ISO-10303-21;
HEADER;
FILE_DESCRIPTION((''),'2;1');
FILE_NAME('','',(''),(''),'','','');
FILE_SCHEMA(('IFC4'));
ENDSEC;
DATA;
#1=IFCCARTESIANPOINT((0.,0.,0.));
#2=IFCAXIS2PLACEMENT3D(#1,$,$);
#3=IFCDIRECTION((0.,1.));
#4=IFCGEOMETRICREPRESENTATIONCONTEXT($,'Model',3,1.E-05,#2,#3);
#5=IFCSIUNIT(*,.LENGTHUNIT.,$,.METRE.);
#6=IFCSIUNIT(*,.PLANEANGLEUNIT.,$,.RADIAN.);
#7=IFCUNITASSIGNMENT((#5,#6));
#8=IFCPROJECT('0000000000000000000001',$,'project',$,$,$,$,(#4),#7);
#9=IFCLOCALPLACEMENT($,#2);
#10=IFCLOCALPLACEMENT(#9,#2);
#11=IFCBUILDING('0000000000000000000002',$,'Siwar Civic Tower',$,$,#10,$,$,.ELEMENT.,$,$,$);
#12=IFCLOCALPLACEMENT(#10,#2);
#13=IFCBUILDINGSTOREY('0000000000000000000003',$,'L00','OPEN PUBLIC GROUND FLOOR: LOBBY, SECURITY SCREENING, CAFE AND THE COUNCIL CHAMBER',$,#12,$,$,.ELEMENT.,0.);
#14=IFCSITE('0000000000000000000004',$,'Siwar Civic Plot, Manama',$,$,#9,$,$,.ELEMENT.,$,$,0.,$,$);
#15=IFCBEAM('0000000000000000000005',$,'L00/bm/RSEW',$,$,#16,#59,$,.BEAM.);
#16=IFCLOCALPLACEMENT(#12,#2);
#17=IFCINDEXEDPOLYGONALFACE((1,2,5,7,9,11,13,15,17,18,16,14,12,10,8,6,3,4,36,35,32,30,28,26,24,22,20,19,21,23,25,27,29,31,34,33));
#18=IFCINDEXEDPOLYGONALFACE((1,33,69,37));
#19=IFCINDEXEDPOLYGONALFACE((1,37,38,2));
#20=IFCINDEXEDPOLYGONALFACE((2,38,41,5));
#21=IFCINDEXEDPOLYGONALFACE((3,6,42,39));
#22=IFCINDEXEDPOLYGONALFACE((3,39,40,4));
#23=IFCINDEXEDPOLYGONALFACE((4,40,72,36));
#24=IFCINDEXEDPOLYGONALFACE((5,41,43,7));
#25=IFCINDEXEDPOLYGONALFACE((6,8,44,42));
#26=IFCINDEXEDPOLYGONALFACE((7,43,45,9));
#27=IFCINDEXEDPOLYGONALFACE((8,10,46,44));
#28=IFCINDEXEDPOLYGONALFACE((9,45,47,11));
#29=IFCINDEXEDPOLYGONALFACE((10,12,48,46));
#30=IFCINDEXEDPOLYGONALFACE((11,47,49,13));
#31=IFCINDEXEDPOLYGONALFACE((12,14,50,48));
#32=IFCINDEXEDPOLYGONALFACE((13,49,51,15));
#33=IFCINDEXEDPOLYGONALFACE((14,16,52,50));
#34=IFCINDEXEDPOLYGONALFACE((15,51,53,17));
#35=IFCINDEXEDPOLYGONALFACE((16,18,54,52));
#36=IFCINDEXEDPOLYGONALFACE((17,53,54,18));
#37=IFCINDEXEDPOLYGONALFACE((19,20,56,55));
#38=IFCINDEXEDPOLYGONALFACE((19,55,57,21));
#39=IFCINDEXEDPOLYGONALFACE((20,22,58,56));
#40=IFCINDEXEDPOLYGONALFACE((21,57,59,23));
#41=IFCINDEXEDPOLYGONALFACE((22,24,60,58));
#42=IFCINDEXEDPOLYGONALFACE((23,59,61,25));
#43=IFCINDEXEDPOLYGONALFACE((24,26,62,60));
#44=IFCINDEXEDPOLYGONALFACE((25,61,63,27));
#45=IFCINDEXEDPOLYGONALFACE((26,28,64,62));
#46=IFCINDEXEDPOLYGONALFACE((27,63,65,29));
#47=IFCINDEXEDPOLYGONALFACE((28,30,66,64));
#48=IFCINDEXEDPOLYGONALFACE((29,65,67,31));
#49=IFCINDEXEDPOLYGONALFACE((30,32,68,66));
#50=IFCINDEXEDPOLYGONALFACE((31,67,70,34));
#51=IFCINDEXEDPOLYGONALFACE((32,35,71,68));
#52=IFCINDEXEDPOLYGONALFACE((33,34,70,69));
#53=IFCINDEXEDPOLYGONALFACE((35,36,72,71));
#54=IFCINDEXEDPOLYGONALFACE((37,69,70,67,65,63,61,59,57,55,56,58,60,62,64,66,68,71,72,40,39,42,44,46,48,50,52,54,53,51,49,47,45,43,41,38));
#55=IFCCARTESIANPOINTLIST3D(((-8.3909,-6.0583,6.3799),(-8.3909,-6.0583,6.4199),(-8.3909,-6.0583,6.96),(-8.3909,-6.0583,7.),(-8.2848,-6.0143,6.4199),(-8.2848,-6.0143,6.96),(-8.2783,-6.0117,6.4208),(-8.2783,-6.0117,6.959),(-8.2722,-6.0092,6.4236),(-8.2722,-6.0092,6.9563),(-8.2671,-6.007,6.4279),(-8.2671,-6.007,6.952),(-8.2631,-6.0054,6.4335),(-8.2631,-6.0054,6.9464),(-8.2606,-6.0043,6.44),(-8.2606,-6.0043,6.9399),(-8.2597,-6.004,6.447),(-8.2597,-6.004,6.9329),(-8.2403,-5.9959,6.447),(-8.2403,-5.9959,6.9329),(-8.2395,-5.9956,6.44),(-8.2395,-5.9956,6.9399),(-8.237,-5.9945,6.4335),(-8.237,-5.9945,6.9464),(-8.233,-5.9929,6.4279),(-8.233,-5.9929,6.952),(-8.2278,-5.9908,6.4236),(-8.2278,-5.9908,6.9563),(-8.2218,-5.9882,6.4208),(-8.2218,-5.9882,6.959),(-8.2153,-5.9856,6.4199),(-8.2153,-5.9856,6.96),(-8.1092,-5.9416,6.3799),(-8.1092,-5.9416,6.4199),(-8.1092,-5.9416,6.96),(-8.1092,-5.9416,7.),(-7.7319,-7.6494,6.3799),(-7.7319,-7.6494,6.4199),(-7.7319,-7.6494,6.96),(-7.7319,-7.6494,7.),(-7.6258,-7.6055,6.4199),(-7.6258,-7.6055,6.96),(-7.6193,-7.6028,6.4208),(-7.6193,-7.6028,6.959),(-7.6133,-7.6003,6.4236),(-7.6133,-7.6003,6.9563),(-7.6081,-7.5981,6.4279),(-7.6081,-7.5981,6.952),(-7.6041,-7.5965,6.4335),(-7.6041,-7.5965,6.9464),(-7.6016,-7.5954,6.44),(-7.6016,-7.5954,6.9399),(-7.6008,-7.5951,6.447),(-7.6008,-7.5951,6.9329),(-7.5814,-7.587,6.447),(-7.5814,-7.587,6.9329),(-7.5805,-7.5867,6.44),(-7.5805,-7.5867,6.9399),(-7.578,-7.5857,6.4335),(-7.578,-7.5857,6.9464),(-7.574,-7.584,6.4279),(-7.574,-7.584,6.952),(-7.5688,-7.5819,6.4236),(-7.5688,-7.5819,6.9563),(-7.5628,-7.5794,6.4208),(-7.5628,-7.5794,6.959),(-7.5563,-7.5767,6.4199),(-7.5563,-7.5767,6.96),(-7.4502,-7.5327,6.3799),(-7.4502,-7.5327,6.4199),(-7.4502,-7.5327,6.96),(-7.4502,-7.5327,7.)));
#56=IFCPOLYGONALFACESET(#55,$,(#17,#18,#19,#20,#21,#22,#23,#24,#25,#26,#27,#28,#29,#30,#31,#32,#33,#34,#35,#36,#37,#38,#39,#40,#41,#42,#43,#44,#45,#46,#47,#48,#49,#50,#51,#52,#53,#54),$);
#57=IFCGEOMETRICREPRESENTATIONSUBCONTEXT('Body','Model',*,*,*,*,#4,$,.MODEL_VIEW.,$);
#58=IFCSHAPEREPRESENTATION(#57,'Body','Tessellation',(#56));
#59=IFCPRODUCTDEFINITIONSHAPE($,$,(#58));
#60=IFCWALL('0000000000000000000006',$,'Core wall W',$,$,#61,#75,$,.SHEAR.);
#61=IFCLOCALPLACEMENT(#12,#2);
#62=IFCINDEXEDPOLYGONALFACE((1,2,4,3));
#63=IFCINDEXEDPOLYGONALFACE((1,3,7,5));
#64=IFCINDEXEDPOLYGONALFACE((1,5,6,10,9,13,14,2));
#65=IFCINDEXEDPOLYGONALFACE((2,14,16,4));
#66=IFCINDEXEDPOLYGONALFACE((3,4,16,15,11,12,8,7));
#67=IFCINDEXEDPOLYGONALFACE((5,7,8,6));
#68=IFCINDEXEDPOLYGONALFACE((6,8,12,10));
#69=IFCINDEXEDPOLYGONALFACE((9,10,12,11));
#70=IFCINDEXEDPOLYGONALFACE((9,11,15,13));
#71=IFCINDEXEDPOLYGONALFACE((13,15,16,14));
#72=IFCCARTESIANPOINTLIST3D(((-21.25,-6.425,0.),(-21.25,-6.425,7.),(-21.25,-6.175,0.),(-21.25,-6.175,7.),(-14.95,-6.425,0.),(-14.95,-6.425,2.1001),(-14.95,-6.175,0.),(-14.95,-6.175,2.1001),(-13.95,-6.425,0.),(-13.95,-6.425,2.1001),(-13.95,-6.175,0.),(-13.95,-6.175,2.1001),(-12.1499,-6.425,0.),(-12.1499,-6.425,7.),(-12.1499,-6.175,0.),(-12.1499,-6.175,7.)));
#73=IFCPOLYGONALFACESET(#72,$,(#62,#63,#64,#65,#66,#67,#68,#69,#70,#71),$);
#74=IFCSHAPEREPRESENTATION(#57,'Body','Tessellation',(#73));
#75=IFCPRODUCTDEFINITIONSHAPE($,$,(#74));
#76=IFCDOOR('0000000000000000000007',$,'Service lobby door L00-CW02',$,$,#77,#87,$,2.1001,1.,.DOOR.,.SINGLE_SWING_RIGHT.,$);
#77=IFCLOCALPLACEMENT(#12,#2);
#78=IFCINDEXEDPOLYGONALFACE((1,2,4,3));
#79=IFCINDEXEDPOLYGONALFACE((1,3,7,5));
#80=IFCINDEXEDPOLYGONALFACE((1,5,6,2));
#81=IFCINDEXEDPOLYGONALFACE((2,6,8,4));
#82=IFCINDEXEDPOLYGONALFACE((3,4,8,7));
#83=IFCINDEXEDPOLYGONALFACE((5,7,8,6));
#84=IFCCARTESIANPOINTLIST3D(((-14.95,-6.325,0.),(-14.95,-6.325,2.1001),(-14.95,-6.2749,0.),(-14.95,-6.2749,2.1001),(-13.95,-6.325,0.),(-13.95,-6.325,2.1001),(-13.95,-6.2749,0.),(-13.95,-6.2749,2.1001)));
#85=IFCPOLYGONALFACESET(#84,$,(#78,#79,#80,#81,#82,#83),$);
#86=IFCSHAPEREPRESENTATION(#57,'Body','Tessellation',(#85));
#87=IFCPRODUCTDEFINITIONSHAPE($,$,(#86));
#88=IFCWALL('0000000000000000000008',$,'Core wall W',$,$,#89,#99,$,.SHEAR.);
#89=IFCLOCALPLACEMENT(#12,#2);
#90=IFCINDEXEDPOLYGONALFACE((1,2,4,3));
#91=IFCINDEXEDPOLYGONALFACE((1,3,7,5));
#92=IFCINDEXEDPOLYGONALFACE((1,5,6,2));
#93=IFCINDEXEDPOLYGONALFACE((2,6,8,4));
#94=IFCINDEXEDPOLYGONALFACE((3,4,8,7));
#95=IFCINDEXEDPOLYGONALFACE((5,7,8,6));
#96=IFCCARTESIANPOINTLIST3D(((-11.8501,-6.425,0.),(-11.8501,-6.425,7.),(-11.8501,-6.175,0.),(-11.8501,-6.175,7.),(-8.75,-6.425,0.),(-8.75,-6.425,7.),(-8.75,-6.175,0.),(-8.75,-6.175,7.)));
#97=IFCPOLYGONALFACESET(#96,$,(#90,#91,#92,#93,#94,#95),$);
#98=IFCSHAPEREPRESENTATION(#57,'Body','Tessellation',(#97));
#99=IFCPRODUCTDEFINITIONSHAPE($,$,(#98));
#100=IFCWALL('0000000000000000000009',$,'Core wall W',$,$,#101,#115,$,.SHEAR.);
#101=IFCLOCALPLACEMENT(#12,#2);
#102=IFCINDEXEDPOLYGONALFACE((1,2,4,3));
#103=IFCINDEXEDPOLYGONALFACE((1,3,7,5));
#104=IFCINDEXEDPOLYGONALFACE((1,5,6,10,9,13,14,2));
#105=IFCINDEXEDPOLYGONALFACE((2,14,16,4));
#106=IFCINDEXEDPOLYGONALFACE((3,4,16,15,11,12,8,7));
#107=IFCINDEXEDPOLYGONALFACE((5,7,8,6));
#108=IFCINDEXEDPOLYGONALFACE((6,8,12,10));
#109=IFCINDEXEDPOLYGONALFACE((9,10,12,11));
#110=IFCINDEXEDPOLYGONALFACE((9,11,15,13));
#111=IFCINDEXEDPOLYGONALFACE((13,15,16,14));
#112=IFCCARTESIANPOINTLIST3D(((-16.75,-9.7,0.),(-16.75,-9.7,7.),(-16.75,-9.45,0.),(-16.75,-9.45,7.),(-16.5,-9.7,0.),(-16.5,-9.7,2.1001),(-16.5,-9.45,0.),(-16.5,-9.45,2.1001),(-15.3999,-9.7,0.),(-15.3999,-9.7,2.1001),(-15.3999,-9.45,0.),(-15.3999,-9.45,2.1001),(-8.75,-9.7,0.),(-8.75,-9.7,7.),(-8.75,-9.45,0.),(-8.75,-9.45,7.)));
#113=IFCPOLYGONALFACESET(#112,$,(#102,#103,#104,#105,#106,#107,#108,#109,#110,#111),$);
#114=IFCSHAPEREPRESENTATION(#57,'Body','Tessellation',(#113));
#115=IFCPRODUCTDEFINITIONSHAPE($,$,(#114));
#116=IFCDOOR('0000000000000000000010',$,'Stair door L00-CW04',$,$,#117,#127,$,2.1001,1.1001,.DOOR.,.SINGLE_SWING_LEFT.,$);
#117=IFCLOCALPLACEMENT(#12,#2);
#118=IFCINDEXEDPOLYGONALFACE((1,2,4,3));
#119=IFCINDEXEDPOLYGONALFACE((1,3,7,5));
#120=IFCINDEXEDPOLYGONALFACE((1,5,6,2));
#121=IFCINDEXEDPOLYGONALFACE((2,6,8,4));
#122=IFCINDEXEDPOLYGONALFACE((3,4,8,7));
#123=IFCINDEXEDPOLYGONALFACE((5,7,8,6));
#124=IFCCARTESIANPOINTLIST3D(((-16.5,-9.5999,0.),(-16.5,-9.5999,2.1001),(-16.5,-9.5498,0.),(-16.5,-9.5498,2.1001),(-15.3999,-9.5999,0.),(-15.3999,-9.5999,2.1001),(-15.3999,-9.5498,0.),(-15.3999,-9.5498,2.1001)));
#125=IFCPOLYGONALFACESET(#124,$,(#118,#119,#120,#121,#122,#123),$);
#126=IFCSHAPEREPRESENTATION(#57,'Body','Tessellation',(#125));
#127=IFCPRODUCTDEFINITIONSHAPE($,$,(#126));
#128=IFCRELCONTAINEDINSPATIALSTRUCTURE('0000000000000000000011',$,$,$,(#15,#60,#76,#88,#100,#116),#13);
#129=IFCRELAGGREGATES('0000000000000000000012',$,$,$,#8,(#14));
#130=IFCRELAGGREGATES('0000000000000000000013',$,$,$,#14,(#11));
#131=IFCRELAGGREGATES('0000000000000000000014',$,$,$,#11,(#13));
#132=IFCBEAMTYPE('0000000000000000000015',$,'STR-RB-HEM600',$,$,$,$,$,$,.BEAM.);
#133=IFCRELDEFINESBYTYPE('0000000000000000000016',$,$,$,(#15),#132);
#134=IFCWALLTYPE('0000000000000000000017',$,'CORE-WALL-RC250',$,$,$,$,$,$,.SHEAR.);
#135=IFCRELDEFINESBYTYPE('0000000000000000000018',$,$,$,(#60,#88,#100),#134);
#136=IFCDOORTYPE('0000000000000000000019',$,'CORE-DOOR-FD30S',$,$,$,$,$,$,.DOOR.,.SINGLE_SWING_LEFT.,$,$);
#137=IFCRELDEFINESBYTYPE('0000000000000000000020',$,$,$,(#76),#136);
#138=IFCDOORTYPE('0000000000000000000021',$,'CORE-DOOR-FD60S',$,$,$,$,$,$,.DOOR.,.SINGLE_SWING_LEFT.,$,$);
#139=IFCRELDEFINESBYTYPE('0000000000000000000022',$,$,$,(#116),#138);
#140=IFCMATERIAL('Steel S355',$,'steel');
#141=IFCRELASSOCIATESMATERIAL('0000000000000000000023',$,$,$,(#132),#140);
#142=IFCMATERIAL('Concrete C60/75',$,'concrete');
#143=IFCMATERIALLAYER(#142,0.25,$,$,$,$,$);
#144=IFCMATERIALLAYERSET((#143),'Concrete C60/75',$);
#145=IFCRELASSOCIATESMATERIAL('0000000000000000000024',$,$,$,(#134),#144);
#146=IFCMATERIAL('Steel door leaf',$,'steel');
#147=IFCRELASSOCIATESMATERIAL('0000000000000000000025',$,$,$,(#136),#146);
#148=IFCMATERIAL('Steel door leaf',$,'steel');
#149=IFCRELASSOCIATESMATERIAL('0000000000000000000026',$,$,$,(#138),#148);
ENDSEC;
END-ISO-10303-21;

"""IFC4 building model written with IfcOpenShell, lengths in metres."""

from ifc_helpers import new_model, si_unit, direction, frame, frame_2d, origin, origin_2d, place, context, subcontext, project, spatial, rectangle, i_section, extrude, material, layer, layer_set, material_profile, profile_set, type_object, element, fill, save


model = new_model("IFC4")

# Units and contexts
model_context = context("Model", 3, precision=1e-05, world=origin(), true_north=direction((0.0, 1.0)))
body_context = subcontext(model_context, "Body", "Model", "MODEL_VIEW")
ifc_project = project(units=[si_unit("LENGTHUNIT", "METRE"), si_unit("PLANEANGLEUNIT", "RADIAN")], contexts=[model_context])

# Site, building, storey
site_placement = place(None, origin())
site = spatial("IfcSite", under=ifc_project, at=site_placement, Name="Siwar Civic Plot, Manama", CompositionType="ELEMENT", RefElevation=0.0)
building_placement = place(site_placement, origin())
building = spatial("IfcBuilding", under=site, at=building_placement, Name="Siwar Civic Tower", CompositionType="ELEMENT")
storey_placement = place(building_placement, origin())
storey = spatial("IfcBuildingStorey", under=building, at=storey_placement, Name="L00", Description="OPEN PUBLIC GROUND FLOOR: LOBBY, SECURITY SCREENING, CAFE AND THE COUNCIL CHAMBER", CompositionType="ELEMENT", Elevation=0.0)

# Beam
ifc_material_1 = material(Name="Steel S355", Category="steel")
ifc_material_profile_1 = material_profile(ifc_material_1, i_section(OverallWidth=0.3049, OverallDepth=0.6201, WebThickness=0.021, FlangeThickness=0.04, FilletRadius=0.0271, at=origin_2d()), Name="HEM600")
ifc_profile_set_1 = profile_set([ifc_material_profile_1], Name="Steel S355")
beam_type = type_object("IfcBeamType", Name="STR-RB-HEM600", PredefinedType="BEAM", material=ifc_profile_set_1)
beam_1_placement = place(storey_placement, frame((-7.5911, -7.5911, 6.6899), z_axis=(-0.382631, 0.923901, 0.0), x_axis=(-0.923901, -0.382631, 0.0)))
element("IfcBeam", 1, at=beam_1_placement, inside=storey, type_object=beam_type, Name="L00/bm/RSEW", PredefinedType="BEAM", context=body_context, shape_type="SweptSolid", body=[
    extrude(i_section(OverallWidth=0.3049, OverallDepth=0.6201, WebThickness=0.021, FlangeThickness=0.04, FilletRadius=0.0271, at=origin_2d()), origin(), (0.0, 0.0, 1.0), 1.7222),
])

# Wall, opening, door
ifc_material_2 = material(Name="Concrete C60/75", Category="concrete")
ifc_layer_1 = layer(ifc_material_2, 0.25)
ifc_layer_set_1 = layer_set([ifc_layer_1], Name="Concrete C60/75")
wall_type_1 = type_object("IfcWallType", Name="CORE-WALL-RC250", PredefinedType="SHEAR", material=ifc_layer_set_1)
wall_1_placement = place(storey_placement, frame((-12.1499, -6.3, 0.0), z_axis=(0.0, 0.0, 1.0), x_axis=(-1.0, 0.0, 0.0)))
wall_1 = element("IfcWall", 2, at=wall_1_placement, inside=storey, type_object=wall_type_1, Name="Core wall W", PredefinedType="SHEAR", context=body_context, shape_type="SweptSolid", body=[
    extrude(rectangle(XDim=9.1001, YDim=0.25, at=frame_2d((4.55, 0.0))), origin(), (0.0, 0.0, 1.0), 7.0),
])
opening_1_placement = place(wall_1_placement, frame((1.8, 0.0, 0.0)))
opening_1 = element("IfcOpeningElement", 3, at=opening_1_placement, cuts=wall_1, PredefinedType="OPENING", context=body_context, shape_type="SweptSolid", body=[
    extrude(rectangle(XDim=1.0, YDim=2.1001, at=frame_2d((0.5, 1.05))), frame((0.0, 0.135, 0.0), z_axis=(0.0, -1.0, 0.0), x_axis=(1.0, 0.0, 0.0)), (0.0, 0.0, 1.0), 0.27),
])
ifc_material_3 = material(Name="Steel door leaf", Category="steel")
door_type_1 = type_object("IfcDoorType", Name="CORE-DOOR-FD30S", OperationType="SINGLE_SWING_LEFT", PredefinedType="DOOR", material=ifc_material_3)
door_1_placement = place(opening_1_placement, origin())
door_1 = element("IfcDoor", 4, at=door_1_placement, inside=storey, type_object=door_type_1, Name="Service lobby door L00-CW02", OperationType="SINGLE_SWING_RIGHT", OverallHeight=2.1001, OverallWidth=1.0, PredefinedType="DOOR", context=body_context, shape_type="SweptSolid", body=[
    extrude(rectangle(XDim=1.0, YDim=2.1001, at=frame_2d((0.5, 1.05))), frame((0.0, 0.0249, 0.0), z_axis=(0.0, -1.0, 0.0), x_axis=(1.0, 0.0, 0.0)), (0.0, 0.0, 1.0), 0.05),
])
fill(opening_1, door_1)

# Wall
wall_2_placement = place(storey_placement, frame((-8.75, -6.3, 0.0), z_axis=(0.0, 0.0, 1.0), x_axis=(-1.0, 0.0, 0.0)))
element("IfcWall", 5, at=wall_2_placement, inside=storey, type_object=wall_type_1, Name="Core wall W", PredefinedType="SHEAR", context=body_context, shape_type="SweptSolid", body=[
    extrude(rectangle(XDim=3.1001, YDim=0.25, at=frame_2d((1.55, 0.0))), origin(), (0.0, 0.0, 1.0), 7.0),
])

# Wall, opening, door
wall_3_placement = place(storey_placement, frame((-8.75, -9.575, 0.0), z_axis=(0.0, 0.0, 1.0), x_axis=(-1.0, 0.0, 0.0)))
wall_3 = element("IfcWall", 6, at=wall_3_placement, inside=storey, type_object=wall_type_1, Name="Core wall W", PredefinedType="SHEAR", context=body_context, shape_type="SweptSolid", body=[
    extrude(rectangle(XDim=8.0, YDim=0.25, at=frame_2d((4.0, 0.0))), origin(), (0.0, 0.0, 1.0), 7.0),
])
opening_2_placement = place(wall_3_placement, frame((6.6499, 0.0, 0.0)))
opening_2 = element("IfcOpeningElement", 7, at=opening_2_placement, cuts=wall_3, PredefinedType="OPENING", context=body_context, shape_type="SweptSolid", body=[
    extrude(rectangle(XDim=1.1001, YDim=2.1001, at=frame_2d((0.55, 1.05))), frame((0.0, 0.135, 0.0), z_axis=(0.0, -1.0, 0.0), x_axis=(1.0, 0.0, 0.0)), (0.0, 0.0, 1.0), 0.27),
])
ifc_material_4 = material(Name="Steel door leaf", Category="steel")
door_type_2 = type_object("IfcDoorType", Name="CORE-DOOR-FD60S", OperationType="SINGLE_SWING_LEFT", PredefinedType="DOOR", material=ifc_material_4)
door_2_placement = place(opening_2_placement, origin())
door_2 = element("IfcDoor", 8, at=door_2_placement, inside=storey, type_object=door_type_2, Name="Stair door L00-CW04", OperationType="SINGLE_SWING_LEFT", OverallHeight=2.1001, OverallWidth=1.1001, PredefinedType="DOOR", context=body_context, shape_type="SweptSolid", body=[
    extrude(rectangle(XDim=1.1001, YDim=2.1001, at=frame_2d((0.55, 1.05))), frame((0.0, 0.0249, 0.0), z_axis=(0.0, -1.0, 0.0), x_axis=(1.0, 0.0, 0.0)), (0.0, 0.0, 1.0), 0.05),
])
fill(opening_2, door_2)

save(model, "model.ifc")
